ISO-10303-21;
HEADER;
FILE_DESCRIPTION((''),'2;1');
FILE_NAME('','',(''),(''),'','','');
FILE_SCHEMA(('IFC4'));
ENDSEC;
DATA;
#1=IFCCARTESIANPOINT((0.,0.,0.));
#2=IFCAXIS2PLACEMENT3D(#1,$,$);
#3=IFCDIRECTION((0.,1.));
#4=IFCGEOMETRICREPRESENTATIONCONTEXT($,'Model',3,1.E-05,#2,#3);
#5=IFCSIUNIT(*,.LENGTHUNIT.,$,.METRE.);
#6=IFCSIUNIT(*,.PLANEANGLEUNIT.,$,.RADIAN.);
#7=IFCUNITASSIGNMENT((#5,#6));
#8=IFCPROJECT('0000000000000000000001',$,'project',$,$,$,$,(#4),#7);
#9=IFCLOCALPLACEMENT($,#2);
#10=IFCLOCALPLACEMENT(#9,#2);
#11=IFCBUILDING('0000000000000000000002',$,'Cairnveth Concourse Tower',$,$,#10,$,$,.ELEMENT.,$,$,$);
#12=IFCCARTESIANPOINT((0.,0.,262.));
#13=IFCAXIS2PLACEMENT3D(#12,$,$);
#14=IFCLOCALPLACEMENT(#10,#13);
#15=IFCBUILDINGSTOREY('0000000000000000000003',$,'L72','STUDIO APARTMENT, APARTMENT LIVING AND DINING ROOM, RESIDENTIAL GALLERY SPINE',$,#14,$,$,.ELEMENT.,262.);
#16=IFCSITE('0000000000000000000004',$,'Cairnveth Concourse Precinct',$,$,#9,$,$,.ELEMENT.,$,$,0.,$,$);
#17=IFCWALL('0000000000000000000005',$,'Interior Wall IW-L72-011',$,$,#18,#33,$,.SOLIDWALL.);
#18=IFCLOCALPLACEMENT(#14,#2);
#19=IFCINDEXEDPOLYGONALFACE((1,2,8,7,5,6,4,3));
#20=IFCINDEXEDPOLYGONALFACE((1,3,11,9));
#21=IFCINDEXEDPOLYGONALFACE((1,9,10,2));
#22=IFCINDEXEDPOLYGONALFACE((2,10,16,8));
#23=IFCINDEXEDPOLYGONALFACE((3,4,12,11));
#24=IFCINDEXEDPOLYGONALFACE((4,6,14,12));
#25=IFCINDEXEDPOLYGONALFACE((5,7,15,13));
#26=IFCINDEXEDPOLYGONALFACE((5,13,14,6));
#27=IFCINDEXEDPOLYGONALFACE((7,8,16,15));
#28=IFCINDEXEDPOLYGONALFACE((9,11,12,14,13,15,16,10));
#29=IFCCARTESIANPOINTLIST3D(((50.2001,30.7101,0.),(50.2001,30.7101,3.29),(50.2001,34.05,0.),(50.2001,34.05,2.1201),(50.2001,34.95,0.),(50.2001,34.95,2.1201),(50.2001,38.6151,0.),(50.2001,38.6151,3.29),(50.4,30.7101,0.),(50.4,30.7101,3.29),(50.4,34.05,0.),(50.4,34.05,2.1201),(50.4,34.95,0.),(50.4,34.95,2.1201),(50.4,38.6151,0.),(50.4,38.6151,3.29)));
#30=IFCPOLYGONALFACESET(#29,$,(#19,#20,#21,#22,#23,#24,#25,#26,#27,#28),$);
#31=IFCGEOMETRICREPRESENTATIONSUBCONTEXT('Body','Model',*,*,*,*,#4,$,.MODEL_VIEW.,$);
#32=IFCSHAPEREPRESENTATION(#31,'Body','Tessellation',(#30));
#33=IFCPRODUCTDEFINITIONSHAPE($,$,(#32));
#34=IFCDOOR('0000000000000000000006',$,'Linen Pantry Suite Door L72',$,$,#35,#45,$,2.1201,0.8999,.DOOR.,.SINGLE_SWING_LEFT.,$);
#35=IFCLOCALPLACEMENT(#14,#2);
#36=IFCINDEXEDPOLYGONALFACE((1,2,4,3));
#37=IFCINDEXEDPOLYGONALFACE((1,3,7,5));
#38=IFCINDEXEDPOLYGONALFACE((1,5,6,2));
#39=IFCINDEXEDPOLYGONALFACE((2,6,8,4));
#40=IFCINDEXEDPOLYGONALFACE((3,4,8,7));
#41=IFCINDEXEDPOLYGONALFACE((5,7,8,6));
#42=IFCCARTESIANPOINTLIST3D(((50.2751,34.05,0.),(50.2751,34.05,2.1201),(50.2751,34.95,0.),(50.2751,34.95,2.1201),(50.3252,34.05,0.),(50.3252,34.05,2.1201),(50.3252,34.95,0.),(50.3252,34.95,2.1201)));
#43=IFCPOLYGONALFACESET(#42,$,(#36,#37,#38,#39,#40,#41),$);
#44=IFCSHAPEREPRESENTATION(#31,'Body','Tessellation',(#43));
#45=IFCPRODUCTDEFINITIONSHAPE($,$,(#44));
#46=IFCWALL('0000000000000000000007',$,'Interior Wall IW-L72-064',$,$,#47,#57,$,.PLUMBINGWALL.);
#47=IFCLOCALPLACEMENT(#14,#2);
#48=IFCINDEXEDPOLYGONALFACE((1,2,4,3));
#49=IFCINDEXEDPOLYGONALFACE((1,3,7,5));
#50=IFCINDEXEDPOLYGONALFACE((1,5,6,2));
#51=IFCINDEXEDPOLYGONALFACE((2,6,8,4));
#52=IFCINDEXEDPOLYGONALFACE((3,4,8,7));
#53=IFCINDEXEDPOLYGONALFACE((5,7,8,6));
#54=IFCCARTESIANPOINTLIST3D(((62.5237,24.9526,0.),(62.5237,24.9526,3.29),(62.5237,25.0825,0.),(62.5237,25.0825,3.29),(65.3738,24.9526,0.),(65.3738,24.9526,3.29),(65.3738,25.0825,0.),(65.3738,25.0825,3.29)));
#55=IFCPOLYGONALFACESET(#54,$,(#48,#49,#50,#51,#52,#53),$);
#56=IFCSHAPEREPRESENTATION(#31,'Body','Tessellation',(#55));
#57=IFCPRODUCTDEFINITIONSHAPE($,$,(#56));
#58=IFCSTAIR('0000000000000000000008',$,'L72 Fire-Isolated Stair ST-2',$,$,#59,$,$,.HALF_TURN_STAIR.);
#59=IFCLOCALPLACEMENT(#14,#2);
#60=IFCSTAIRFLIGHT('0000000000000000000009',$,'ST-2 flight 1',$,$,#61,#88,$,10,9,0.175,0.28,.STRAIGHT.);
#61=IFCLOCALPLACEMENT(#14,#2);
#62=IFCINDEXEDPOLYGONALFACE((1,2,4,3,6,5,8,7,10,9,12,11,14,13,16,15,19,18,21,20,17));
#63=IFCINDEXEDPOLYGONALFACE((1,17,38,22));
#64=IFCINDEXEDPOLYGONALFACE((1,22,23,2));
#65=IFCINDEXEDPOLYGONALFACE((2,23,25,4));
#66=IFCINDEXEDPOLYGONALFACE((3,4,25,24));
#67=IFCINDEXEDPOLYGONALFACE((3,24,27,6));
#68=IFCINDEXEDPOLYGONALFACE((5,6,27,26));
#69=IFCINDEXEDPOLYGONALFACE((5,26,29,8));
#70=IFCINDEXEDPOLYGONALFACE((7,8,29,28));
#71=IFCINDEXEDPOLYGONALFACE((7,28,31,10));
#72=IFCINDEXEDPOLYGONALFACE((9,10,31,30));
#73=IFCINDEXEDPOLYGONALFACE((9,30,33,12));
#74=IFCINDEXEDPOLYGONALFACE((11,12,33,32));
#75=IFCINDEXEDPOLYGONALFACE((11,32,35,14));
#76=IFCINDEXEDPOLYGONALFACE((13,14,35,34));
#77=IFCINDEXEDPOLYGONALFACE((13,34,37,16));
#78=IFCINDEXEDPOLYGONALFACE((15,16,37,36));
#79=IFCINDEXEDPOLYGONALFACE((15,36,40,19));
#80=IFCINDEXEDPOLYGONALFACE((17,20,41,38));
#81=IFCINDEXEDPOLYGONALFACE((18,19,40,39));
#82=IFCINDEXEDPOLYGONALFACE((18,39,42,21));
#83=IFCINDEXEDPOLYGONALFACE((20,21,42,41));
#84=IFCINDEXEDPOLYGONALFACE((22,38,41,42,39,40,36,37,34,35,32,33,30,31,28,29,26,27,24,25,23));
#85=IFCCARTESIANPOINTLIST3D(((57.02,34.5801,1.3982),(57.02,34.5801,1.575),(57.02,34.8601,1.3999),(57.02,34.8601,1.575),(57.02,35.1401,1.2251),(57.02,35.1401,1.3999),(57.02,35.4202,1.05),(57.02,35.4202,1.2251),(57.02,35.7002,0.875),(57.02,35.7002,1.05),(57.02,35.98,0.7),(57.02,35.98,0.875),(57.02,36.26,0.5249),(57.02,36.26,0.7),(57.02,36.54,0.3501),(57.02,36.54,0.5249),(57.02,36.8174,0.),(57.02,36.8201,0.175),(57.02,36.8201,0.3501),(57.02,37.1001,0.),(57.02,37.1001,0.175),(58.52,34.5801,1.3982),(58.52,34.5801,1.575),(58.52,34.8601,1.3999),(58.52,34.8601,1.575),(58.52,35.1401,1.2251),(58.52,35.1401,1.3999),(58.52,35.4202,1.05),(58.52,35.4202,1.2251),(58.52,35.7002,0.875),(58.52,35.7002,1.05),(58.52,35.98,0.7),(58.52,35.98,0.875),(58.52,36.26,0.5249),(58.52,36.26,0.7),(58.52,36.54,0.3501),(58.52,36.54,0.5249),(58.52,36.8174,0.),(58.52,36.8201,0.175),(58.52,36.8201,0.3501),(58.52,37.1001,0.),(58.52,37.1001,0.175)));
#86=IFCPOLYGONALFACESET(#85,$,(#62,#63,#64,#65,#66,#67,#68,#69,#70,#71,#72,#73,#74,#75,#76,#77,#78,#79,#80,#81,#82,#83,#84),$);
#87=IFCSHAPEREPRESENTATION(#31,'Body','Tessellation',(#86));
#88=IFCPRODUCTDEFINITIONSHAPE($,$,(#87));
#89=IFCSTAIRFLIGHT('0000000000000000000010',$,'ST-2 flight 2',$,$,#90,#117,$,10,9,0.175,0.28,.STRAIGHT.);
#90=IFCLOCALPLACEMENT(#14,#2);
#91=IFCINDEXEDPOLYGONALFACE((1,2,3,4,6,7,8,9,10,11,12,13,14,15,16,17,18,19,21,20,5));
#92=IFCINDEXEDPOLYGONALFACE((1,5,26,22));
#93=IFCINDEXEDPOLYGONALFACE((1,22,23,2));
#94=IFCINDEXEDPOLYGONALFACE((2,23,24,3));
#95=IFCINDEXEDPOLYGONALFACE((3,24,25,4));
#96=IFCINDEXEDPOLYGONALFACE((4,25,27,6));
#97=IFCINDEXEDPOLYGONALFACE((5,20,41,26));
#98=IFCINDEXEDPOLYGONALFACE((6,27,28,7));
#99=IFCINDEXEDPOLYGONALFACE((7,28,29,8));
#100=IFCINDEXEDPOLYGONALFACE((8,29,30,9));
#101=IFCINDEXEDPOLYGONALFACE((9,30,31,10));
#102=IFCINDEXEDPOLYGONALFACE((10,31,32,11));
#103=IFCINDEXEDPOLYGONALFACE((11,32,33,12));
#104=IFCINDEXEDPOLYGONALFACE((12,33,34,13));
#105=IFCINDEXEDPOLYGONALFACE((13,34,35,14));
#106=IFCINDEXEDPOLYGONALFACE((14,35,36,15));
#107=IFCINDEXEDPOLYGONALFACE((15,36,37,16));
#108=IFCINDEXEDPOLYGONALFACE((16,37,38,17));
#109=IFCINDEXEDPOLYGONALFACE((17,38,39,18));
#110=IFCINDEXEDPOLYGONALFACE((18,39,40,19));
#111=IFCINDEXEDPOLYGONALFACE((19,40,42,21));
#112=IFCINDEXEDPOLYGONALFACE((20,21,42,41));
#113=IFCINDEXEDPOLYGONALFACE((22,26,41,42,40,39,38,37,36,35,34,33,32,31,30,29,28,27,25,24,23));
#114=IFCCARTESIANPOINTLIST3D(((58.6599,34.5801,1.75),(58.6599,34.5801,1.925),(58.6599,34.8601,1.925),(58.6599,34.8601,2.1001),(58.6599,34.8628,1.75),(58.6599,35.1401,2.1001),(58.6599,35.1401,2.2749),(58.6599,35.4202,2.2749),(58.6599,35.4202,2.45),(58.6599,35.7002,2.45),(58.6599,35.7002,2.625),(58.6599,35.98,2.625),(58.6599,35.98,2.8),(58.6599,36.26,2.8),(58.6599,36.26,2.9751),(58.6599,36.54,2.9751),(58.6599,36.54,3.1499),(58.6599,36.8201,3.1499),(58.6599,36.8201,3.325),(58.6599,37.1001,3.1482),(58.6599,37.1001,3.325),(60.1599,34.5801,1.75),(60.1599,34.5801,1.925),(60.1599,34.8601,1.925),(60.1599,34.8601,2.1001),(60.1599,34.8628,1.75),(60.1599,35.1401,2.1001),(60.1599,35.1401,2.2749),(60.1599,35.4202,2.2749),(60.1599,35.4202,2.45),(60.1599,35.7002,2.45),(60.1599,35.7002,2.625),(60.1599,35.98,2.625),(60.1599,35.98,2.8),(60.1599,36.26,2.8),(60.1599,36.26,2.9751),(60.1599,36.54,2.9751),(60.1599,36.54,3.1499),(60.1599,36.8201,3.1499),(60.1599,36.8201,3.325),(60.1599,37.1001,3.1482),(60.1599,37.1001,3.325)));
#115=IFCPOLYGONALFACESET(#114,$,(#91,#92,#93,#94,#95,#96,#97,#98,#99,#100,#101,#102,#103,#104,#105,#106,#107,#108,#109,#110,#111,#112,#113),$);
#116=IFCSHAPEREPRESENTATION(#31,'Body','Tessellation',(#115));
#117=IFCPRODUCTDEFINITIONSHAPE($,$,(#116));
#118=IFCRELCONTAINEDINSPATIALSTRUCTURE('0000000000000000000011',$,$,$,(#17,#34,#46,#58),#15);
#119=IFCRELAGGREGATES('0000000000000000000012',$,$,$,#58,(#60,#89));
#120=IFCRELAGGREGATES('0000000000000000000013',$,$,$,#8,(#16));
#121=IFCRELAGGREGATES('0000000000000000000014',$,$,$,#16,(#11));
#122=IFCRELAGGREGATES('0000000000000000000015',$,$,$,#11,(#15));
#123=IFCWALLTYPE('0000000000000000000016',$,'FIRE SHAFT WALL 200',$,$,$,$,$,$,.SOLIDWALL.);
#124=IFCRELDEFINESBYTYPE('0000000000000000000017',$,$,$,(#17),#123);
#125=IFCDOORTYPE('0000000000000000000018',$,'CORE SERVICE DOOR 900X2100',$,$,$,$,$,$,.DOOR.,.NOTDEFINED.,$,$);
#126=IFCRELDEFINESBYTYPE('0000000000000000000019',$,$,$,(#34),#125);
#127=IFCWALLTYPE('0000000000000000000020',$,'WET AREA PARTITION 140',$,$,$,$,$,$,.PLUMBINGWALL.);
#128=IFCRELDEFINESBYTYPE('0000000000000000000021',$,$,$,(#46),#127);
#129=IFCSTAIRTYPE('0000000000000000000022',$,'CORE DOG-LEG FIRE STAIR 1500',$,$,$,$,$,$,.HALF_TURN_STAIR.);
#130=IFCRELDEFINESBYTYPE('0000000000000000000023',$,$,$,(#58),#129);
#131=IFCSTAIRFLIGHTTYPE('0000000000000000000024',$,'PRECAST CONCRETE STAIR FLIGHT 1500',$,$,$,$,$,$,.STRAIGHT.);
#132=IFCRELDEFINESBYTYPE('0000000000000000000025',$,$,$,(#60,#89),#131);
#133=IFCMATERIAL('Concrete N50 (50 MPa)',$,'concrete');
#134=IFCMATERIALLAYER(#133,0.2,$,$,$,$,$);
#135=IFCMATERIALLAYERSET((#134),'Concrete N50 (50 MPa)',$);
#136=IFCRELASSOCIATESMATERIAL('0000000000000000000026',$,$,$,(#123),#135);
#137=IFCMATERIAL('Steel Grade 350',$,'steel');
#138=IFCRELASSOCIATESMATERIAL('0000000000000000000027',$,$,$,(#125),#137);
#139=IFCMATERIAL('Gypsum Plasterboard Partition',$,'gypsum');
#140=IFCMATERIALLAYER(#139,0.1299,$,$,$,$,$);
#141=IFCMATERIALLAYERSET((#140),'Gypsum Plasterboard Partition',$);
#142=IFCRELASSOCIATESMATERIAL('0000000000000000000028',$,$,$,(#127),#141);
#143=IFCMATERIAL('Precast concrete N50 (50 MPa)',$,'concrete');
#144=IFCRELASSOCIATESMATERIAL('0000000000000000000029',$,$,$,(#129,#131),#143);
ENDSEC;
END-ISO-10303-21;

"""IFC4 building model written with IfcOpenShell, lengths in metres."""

from ifc_helpers import new_model, si_unit, direction, frame, frame_2d, origin, place, context, subcontext, project, spatial, polyline, rectangle, outline, extrude, material, layer, layer_set, type_object, element, fill, aggregate, save


model = new_model("IFC4")

# Units and contexts
model_context = context("Model", 3, precision=1e-05, world=origin(), true_north=direction((0.0, 1.0)))
body_context = subcontext(model_context, "Body", "Model", "MODEL_VIEW")
ifc_project = project(units=[si_unit("LENGTHUNIT", "METRE"), si_unit("PLANEANGLEUNIT", "RADIAN")], contexts=[model_context])

# Site, building, storey
site_placement = place(None, origin())
site = spatial("IfcSite", under=ifc_project, at=site_placement, Name="Cairnveth Concourse Precinct", CompositionType="ELEMENT", RefElevation=0.0)
building_placement = place(site_placement, origin())
building = spatial("IfcBuilding", under=site, at=building_placement, Name="Cairnveth Concourse Tower", CompositionType="ELEMENT")
storey_placement = place(building_placement, frame((0.0, 0.0, 262.0)))
storey = spatial("IfcBuildingStorey", under=building, at=storey_placement, Name="L72", Description="STUDIO APARTMENT, APARTMENT LIVING AND DINING ROOM, RESIDENTIAL GALLERY SPINE", CompositionType="ELEMENT", Elevation=262.0)

# Shared definitions
ifc_material_1 = material(Name="Steel Grade 350", Category="steel")

# Shared definitions
ifc_material_2 = material(Name="Gypsum Plasterboard Partition", Category="gypsum")

# Shared definitions
ifc_material_3 = material(Name="Concrete N50 (50 MPa)", Category="concrete")

# Wall, opening, door
ifc_layer_1 = layer(ifc_material_3, 0.2)
ifc_layer_set_1 = layer_set([ifc_layer_1], Name="Concrete N50 (50 MPa)")
wall_type_1 = type_object("IfcWallType", Name="FIRE SHAFT WALL 200", PredefinedType="SOLIDWALL", material=ifc_layer_set_1)
wall_1_placement = place(storey_placement, frame((50.3, 30.71, 0.0), z_axis=(0.0, 0.0, 1.0), x_axis=(0.0, 1.0, 0.0)))
wall_1 = element("IfcWall", 1, at=wall_1_placement, inside=storey, type_object=wall_type_1, Name="Interior Wall IW-L72-011", PredefinedType="SOLIDWALL", context=body_context, shape_type="SweptSolid", body=[
    extrude(rectangle(XDim=7.905, YDim=0.2, at=frame_2d((3.9526, 0.0))), origin(), (0.0, 0.0, 1.0), 3.29),
])
opening_1_placement = place(wall_1_placement, frame((3.3401, 0.0, 0.0)))
opening_1 = element("IfcOpeningElement", 2, at=opening_1_placement, cuts=wall_1, PredefinedType="OPENING", context=body_context, shape_type="SweptSolid", body=[
    extrude(rectangle(XDim=0.8999, YDim=2.1201, at=frame_2d((0.45, 1.0601))), frame((0.0, 0.1099, 0.0), z_axis=(0.0, -1.0, 0.0), x_axis=(1.0, 0.0, 0.0)), (0.0, 0.0, 1.0), 0.22),
])
door_type_1 = type_object("IfcDoorType", Name="CORE SERVICE DOOR 900X2100", OperationType="NOTDEFINED", PredefinedType="DOOR", material=ifc_material_1)
door_1_placement = place(opening_1_placement, origin())
door_1 = element("IfcDoor", 3, at=door_1_placement, inside=storey, type_object=door_type_1, Name="Linen Pantry Suite Door L72", OperationType="SINGLE_SWING_LEFT", OverallHeight=2.1201, OverallWidth=0.8999, PredefinedType="DOOR", context=body_context, shape_type="SweptSolid", body=[
    extrude(rectangle(XDim=0.8999, YDim=2.1201, at=frame_2d((0.45, 1.0601))), frame((0.0, 0.0249, 0.0), z_axis=(0.0, -1.0, 0.0), x_axis=(1.0, 0.0, 0.0)), (0.0, 0.0, 1.0), 0.05),
])
fill(opening_1, door_1)

# Wall
ifc_layer_2 = layer(ifc_material_2, 0.1299)
ifc_layer_set_2 = layer_set([ifc_layer_2], Name="Gypsum Plasterboard Partition")
wall_type_2 = type_object("IfcWallType", Name="WET AREA PARTITION 140", PredefinedType="PLUMBINGWALL", material=ifc_layer_set_2)
wall_2_placement = place(storey_placement, frame((62.5237, 25.0176, 0.0), z_axis=(0.0, 0.0, 1.0), x_axis=(1.0, 0.0, 0.0)))
element("IfcWall", 4, at=wall_2_placement, inside=storey, type_object=wall_type_2, Name="Interior Wall IW-L72-064", PredefinedType="PLUMBINGWALL", context=body_context, shape_type="SweptSolid", body=[
    extrude(rectangle(XDim=2.8501, YDim=0.1299, at=frame_2d((1.425, 0.0))), origin(), (0.0, 0.0, 1.0), 3.29),
])

# Stair, stair flights
ifc_material_4 = material(Name="Precast concrete N50 (50 MPa)", Category="concrete")
stair_type = type_object("IfcStairType", Name="CORE DOG-LEG FIRE STAIR 1500", PredefinedType="HALF_TURN_STAIR", material=ifc_material_4)
stair_placement = place(storey_placement, origin())
stair = element("IfcStair", 5, at=stair_placement, inside=storey, type_object=stair_type, Name="L72 Fire-Isolated Stair ST-2", PredefinedType="HALF_TURN_STAIR")
stair_flight_type = type_object("IfcStairFlightType", Name="PRECAST CONCRETE STAIR FLIGHT 1500", PredefinedType="STRAIGHT", material=ifc_material_4)
stair_flight_1_placement = place(storey_placement, frame((57.77, 37.1001, 0.0), z_axis=(0.0, 0.0, 1.0), x_axis=(0.0, -1.0, 0.0)))
stair_flight_1 = element("IfcStairFlight", 6, at=stair_flight_1_placement, type_object=stair_flight_type, Name="ST-2 flight 1", NumberOfRisers=10, NumberOfTreads=9, PredefinedType="STRAIGHT", RiserHeight=0.175, TreadLength=0.28, context=body_context, shape_type="SweptSolid", body=[
    extrude(outline(polyline([(0.0, 0.0), (0.0, 0.175), (0.28, 0.175), (0.28, 0.3501), (0.5601, 0.3501), (0.5601, 0.5249), (0.8401, 0.5249), (0.8401, 0.7), (1.1201, 0.7), (1.1201, 0.875), (1.3999, 0.875), (1.3999, 1.05), (1.6799, 1.05), (1.6799, 1.2251), (1.96, 1.2251), (1.96, 1.3999), (2.24, 1.3999), (2.24, 1.575), (2.52, 1.575), (2.52, 1.75), (2.52, 1.3982), (0.2827, 0.0), (0.0, 0.0)])), frame((0.0, 0.75, 0.0), z_axis=(0.0, -1.0, 0.0), x_axis=(1.0, 0.0, 0.0)), (0.0, 0.0, 1.0), 1.5),
])
stair_flight_2_placement = place(storey_placement, frame((59.4099, 34.5801, 1.75), z_axis=(0.0, 0.0, 1.0), x_axis=(0.0, 1.0, 0.0)))
stair_flight_2 = element("IfcStairFlight", 7, at=stair_flight_2_placement, type_object=stair_flight_type, Name="ST-2 flight 2", NumberOfRisers=10, NumberOfTreads=9, PredefinedType="STRAIGHT", RiserHeight=0.175, TreadLength=0.28, context=body_context, shape_type="SweptSolid", body=[
    extrude(outline(polyline([(0.0, 0.0), (0.0, 0.175), (0.28, 0.175), (0.28, 0.3501), (0.5601, 0.3501), (0.5601, 0.5249), (0.8401, 0.5249), (0.8401, 0.7), (1.1201, 0.7), (1.1201, 0.875), (1.3999, 0.875), (1.3999, 1.05), (1.6799, 1.05), (1.6799, 1.2251), (1.96, 1.2251), (1.96, 1.3999), (2.24, 1.3999), (2.24, 1.575), (2.52, 1.575), (2.52, 1.75), (2.52, 1.3982), (0.2827, 0.0), (0.0, 0.0)])), frame((0.0, 0.75, 0.0), z_axis=(0.0, -1.0, 0.0), x_axis=(1.0, 0.0, 0.0)), (0.0, 0.0, 1.0), 1.5),
])
aggregate(stair, [stair_flight_1, stair_flight_2])

save(model, "model.ifc")
